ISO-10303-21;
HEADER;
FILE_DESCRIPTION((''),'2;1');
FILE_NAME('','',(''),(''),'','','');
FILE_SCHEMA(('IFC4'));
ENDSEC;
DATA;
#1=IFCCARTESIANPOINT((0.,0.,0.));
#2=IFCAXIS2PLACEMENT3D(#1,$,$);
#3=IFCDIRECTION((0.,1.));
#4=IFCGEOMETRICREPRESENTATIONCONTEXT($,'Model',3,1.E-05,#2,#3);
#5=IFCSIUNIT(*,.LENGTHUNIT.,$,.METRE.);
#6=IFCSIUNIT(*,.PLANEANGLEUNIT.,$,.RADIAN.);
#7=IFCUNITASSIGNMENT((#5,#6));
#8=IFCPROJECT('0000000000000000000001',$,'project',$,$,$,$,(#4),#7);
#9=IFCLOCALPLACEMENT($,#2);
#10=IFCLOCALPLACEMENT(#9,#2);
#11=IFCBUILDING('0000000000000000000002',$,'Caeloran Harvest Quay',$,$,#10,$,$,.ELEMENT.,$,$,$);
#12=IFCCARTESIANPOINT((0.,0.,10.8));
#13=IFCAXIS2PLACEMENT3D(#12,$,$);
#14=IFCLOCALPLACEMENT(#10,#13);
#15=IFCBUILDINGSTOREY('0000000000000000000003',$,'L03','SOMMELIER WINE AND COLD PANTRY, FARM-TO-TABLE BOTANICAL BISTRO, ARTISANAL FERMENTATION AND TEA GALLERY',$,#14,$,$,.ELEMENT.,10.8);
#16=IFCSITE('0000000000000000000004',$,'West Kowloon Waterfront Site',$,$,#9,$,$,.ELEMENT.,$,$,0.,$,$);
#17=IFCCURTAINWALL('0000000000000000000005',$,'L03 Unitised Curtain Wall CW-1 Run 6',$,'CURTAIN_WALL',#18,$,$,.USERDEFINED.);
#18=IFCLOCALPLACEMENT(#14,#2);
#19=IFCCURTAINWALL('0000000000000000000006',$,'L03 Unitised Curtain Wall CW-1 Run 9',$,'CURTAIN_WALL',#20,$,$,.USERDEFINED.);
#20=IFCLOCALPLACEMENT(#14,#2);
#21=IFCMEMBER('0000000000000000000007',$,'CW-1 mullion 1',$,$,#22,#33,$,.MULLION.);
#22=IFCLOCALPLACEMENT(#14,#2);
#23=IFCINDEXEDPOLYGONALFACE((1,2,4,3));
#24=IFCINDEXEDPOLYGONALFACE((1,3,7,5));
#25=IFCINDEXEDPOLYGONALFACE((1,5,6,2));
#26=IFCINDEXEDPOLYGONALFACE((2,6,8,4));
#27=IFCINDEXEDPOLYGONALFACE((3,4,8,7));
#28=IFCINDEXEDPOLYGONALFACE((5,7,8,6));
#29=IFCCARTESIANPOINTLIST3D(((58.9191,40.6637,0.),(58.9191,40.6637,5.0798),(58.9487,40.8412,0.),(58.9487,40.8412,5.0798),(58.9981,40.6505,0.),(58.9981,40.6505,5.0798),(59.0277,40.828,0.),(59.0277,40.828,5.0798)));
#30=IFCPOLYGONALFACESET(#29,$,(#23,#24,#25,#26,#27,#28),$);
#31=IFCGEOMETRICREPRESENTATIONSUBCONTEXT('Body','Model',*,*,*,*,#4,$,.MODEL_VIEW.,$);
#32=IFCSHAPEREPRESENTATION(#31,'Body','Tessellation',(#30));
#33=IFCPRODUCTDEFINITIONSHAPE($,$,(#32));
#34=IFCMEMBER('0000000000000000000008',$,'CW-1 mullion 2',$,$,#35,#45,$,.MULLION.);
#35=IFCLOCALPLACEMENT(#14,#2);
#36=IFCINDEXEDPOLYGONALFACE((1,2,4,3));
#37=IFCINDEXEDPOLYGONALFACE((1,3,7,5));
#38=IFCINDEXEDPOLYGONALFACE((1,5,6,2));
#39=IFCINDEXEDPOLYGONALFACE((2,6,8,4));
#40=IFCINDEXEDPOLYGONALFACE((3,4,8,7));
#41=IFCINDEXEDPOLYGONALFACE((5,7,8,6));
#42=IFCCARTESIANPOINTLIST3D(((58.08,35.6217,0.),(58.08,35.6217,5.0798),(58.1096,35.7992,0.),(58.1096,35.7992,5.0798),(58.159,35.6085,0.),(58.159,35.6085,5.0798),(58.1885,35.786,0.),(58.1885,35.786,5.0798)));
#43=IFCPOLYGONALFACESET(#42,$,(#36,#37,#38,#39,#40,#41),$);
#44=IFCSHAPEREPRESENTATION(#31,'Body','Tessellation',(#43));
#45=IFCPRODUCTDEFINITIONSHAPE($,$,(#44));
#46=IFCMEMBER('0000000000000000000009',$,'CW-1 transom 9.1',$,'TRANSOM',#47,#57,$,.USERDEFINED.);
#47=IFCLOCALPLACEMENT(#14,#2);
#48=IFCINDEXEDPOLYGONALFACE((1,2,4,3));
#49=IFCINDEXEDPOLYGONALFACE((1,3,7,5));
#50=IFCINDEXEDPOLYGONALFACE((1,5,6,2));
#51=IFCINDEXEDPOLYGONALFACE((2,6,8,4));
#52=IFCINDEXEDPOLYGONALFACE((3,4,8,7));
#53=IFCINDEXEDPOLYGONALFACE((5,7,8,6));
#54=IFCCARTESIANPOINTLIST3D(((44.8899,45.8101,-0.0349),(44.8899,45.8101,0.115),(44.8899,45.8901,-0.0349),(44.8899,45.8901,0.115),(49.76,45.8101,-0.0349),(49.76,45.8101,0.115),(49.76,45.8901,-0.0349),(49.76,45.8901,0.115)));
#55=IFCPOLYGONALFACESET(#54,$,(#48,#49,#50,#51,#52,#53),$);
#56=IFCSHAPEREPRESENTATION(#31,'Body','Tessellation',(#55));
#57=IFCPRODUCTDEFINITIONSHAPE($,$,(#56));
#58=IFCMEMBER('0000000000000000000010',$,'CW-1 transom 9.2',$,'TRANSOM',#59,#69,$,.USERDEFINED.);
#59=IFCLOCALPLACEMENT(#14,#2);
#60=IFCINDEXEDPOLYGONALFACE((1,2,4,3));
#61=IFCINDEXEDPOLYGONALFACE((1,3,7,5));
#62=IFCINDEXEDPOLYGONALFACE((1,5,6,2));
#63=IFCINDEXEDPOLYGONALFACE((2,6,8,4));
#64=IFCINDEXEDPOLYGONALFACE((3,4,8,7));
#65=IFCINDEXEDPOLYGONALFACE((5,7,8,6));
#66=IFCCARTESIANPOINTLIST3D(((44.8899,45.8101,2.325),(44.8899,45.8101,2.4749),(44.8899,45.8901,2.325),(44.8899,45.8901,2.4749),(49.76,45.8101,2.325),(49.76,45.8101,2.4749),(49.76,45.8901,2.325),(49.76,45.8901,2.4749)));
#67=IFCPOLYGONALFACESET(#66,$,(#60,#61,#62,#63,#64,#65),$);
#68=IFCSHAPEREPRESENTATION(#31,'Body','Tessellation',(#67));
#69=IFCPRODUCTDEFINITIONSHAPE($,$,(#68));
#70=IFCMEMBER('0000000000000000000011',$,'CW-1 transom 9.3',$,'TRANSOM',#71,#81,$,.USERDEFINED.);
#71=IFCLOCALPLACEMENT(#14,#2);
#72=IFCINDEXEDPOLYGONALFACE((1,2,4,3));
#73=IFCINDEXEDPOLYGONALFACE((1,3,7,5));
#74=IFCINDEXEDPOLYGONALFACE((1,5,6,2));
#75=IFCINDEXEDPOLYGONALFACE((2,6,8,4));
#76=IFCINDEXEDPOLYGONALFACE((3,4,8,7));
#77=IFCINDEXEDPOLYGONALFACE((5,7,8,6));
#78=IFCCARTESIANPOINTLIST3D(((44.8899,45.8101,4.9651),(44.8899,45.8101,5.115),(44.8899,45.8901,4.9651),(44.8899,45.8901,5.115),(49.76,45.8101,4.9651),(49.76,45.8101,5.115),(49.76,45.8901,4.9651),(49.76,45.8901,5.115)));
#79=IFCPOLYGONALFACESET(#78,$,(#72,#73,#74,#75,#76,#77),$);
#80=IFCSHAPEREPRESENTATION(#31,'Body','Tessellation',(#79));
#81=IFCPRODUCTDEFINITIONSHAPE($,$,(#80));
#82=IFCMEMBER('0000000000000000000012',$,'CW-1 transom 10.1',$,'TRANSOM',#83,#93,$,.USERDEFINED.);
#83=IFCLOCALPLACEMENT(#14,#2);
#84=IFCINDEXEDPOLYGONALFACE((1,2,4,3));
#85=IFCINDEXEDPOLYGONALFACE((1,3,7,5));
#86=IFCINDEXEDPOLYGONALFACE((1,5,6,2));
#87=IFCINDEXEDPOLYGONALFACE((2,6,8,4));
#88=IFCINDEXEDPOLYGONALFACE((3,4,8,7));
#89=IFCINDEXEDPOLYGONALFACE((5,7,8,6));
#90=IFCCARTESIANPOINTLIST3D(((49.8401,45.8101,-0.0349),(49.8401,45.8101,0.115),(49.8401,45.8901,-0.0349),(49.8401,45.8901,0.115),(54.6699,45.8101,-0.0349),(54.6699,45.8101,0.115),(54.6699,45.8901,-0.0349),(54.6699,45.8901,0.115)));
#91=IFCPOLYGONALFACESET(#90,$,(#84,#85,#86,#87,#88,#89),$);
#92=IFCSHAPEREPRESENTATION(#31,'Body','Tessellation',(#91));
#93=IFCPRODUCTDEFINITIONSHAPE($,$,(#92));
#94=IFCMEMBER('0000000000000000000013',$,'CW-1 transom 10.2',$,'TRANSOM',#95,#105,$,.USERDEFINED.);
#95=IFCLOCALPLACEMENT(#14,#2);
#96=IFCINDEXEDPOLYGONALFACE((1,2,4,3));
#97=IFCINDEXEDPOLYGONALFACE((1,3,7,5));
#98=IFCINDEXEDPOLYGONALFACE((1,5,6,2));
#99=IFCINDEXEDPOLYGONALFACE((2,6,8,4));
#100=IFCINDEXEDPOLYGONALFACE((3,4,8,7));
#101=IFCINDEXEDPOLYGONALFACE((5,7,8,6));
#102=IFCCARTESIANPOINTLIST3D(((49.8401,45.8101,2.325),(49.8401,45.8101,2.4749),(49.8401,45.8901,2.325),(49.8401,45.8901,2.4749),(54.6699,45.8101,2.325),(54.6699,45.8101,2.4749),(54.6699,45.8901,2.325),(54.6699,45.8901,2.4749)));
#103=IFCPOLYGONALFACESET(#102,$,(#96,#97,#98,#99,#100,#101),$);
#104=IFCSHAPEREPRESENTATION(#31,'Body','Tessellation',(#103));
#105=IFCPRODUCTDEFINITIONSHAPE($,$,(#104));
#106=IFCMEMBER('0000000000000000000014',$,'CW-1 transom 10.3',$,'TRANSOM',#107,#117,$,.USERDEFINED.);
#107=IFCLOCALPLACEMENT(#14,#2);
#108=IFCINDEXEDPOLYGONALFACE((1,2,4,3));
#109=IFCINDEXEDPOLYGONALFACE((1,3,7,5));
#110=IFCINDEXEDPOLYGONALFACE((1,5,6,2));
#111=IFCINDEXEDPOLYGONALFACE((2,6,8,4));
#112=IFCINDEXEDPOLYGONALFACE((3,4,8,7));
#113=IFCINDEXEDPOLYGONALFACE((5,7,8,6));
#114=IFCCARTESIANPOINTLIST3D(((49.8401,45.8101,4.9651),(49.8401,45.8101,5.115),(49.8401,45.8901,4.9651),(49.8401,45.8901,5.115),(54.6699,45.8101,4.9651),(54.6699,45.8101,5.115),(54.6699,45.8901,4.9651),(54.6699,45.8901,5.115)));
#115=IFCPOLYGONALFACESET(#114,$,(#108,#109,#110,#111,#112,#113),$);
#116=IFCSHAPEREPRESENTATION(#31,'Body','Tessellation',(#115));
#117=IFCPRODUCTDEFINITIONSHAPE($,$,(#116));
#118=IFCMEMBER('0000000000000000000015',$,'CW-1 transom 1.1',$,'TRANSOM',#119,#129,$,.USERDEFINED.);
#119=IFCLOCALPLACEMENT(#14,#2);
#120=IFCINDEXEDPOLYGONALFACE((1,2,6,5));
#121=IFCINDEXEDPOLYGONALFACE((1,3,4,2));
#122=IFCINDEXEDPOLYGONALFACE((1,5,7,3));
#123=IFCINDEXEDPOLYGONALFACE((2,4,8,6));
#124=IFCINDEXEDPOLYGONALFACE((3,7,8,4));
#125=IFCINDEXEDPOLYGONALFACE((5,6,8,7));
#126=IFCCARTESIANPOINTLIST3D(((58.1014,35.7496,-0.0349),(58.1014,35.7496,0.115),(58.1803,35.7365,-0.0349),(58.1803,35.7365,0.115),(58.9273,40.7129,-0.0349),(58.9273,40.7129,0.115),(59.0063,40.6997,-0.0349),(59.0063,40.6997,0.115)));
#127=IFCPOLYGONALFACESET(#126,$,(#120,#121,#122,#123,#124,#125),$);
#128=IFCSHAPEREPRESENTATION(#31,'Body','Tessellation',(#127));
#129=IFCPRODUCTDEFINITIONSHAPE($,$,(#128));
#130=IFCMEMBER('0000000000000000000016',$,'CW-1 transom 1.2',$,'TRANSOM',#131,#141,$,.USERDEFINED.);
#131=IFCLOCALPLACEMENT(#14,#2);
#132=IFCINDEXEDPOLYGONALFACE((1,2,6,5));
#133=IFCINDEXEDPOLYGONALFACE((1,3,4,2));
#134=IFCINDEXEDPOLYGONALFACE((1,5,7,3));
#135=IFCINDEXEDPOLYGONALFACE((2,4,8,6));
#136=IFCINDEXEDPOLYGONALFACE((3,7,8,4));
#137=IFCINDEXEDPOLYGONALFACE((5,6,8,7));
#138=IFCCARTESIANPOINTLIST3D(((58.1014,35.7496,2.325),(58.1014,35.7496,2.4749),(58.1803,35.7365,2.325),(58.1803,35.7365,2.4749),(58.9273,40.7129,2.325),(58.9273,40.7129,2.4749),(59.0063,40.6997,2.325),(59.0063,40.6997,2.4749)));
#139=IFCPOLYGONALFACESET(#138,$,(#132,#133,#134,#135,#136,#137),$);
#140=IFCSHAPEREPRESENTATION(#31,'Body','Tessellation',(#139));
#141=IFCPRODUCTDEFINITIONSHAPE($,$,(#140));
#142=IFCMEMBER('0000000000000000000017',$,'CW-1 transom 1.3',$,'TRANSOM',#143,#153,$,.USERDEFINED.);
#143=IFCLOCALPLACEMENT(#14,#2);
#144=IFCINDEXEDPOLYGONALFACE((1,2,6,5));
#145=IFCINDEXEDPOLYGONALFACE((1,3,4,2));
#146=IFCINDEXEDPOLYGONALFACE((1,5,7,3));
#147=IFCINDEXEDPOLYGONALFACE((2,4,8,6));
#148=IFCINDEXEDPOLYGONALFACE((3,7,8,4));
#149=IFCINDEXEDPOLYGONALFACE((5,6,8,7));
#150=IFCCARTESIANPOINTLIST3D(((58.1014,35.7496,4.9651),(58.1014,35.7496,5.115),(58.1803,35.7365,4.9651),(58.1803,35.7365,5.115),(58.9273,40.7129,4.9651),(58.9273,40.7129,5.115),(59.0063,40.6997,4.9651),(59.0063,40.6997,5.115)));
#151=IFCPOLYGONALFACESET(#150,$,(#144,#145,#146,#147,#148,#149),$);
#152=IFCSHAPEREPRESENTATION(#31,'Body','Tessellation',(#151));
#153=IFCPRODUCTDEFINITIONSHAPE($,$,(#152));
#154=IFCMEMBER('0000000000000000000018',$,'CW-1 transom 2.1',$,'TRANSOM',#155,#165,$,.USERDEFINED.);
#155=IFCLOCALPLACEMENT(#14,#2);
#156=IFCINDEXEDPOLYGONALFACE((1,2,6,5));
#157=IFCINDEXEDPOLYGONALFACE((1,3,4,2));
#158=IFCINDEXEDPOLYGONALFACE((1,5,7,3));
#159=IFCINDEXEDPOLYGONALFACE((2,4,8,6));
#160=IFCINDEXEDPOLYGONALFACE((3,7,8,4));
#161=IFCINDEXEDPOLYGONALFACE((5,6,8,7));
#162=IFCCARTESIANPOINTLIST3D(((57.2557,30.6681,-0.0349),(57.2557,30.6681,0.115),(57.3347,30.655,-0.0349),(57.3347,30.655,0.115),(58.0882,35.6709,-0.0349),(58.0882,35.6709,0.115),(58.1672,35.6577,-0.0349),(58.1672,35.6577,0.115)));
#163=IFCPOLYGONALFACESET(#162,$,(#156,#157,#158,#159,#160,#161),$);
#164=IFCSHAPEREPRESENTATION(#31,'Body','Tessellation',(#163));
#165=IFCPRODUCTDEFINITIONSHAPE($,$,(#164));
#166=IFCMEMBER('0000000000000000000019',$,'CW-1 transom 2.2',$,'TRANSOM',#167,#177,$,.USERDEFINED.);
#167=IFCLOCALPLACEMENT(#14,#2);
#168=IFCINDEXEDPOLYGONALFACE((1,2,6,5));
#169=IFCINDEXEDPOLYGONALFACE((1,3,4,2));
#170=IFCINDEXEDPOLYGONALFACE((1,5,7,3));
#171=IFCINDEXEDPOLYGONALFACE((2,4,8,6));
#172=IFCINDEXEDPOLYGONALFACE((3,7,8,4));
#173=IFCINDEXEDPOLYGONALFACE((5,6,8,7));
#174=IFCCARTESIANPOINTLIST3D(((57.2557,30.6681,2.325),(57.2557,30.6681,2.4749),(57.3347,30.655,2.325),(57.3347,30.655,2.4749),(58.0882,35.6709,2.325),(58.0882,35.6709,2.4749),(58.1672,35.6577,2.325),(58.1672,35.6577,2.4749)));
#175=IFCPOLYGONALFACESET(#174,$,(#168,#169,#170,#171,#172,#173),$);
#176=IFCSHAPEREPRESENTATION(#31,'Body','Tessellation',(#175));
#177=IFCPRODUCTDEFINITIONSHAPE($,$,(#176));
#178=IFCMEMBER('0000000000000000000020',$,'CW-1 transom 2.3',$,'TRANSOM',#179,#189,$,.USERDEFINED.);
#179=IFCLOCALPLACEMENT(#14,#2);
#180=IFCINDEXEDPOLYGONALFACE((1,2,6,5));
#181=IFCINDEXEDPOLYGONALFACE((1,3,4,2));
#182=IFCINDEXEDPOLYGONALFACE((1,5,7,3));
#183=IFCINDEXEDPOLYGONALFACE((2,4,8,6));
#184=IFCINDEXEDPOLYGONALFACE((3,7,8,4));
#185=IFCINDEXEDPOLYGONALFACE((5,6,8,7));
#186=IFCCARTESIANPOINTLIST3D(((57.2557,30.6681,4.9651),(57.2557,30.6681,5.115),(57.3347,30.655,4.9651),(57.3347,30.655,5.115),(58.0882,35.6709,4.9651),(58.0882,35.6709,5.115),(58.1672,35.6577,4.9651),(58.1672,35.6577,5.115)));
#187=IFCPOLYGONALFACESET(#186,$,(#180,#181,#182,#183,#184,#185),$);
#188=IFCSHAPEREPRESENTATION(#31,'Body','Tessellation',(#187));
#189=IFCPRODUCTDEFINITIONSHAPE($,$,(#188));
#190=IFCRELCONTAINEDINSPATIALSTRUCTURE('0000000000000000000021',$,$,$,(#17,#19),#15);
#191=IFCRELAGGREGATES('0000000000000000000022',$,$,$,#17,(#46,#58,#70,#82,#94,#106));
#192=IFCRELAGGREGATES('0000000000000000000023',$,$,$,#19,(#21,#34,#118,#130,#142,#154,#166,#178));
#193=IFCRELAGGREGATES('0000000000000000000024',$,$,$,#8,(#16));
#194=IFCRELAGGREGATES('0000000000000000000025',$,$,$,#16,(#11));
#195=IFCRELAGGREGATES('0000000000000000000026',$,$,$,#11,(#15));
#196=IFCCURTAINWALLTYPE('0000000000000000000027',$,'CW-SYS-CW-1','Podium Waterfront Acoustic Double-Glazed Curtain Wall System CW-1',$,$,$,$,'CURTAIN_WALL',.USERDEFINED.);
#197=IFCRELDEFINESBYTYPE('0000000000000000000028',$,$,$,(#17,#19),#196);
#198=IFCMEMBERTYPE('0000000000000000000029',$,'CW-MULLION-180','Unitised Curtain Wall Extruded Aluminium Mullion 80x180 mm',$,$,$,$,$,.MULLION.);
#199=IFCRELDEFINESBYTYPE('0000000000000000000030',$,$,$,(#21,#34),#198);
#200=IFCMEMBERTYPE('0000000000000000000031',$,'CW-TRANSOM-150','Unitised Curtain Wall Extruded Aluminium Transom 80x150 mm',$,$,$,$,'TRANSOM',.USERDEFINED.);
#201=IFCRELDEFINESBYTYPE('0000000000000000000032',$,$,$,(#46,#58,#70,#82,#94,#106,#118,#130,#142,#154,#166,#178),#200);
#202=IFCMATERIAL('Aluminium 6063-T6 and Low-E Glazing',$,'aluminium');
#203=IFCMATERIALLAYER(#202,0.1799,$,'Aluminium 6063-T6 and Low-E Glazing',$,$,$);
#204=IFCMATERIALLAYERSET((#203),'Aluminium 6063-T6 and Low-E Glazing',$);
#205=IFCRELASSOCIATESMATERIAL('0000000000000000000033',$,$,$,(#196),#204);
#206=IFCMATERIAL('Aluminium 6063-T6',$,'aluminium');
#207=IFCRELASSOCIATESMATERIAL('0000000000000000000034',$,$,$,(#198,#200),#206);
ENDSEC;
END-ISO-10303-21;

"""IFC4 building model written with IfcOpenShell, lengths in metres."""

from ifc_helpers import new_model, si_unit, direction, frame, origin, origin_2d, place, context, subcontext, project, spatial, rectangle, extrude, material, layer, layer_set, material_profile, profile_set, type_object, element, aggregate, save


model = new_model("IFC4")

# Units and contexts
model_context = context("Model", 3, precision=1e-05, world=origin(), true_north=direction((0.0, 1.0)))
body_context = subcontext(model_context, "Body", "Model", "MODEL_VIEW")
ifc_project = project(units=[si_unit("LENGTHUNIT", "METRE"), si_unit("PLANEANGLEUNIT", "RADIAN")], contexts=[model_context])

# Site, building, storey
site_placement = place(None, origin())
site = spatial("IfcSite", under=ifc_project, at=site_placement, Name="West Kowloon Waterfront Site", CompositionType="ELEMENT", RefElevation=0.0)
building_placement = place(site_placement, origin())
building = spatial("IfcBuilding", under=site, at=building_placement, Name="Caeloran Harvest Quay", CompositionType="ELEMENT")
storey_placement = place(building_placement, frame((0.0, 0.0, 10.8)))
storey = spatial("IfcBuildingStorey", under=building, at=storey_placement, Name="L03", Description="SOMMELIER WINE AND COLD PANTRY, FARM-TO-TABLE BOTANICAL BISTRO, ARTISANAL FERMENTATION AND TEA GALLERY", CompositionType="ELEMENT", Elevation=10.8)

# Curtain walls, members
ifc_material_1 = material(Name="Aluminium 6063-T6 and Low-E Glazing", Category="aluminium")
ifc_layer_1 = layer(ifc_material_1, 0.1799, Name="Aluminium 6063-T6 and Low-E Glazing")
ifc_layer_set_1 = layer_set([ifc_layer_1], Name="Aluminium 6063-T6 and Low-E Glazing")
curtain_wall_type = type_object("IfcCurtainWallType", Name="CW-SYS-CW-1", Description="Podium Waterfront Acoustic Double-Glazed Curtain Wall System CW-1", ElementType="CURTAIN_WALL", PredefinedType="USERDEFINED", material=ifc_layer_set_1)
curtain_wall_1_placement = place(storey_placement, origin())
curtain_wall_1 = element("IfcCurtainWall", 1, at=curtain_wall_1_placement, inside=storey, type_object=curtain_wall_type, Name="L03 Unitised Curtain Wall CW-1 Run 6", ObjectType="CURTAIN_WALL", PredefinedType="USERDEFINED")
ifc_material_2 = material(Name="Aluminium 6063-T6", Category="aluminium")
ifc_material_profile_1 = material_profile(ifc_material_2, rectangle(XDim=0.0801, YDim=0.1799, at=origin_2d()), Name="CW-MULLION-180")
ifc_profile_set_1 = profile_set([ifc_material_profile_1], Name="Aluminium 6063-T6")
member_type_1 = type_object("IfcMemberType", Name="CW-MULLION-180", Description="Unitised Curtain Wall Extruded Aluminium Mullion 80x180 mm", PredefinedType="MULLION", material=ifc_profile_set_1)
curtain_wall_2_placement = place(storey_placement, origin())
curtain_wall_2 = element("IfcCurtainWall", 2, at=curtain_wall_2_placement, inside=storey, type_object=curtain_wall_type, Name="L03 Unitised Curtain Wall CW-1 Run 9", ObjectType="CURTAIN_WALL", PredefinedType="USERDEFINED")
member_1_placement = place(storey_placement, frame((58.9734, 40.7458, 0.0), z_axis=(0.0, 0.0, 1.0), x_axis=(0.986431, -0.164174, 0.0)))
member_1 = element("IfcMember", 3, at=member_1_placement, type_object=member_type_1, Name="CW-1 mullion 1", PredefinedType="MULLION", context=body_context, shape_type="SweptSolid", body=[
    extrude(rectangle(XDim=0.0801, YDim=0.1799, at=origin_2d()), origin(), (0.0, 0.0, 1.0), 5.0798),
])
member_2_placement = place(storey_placement, frame((58.1343, 35.7039, 0.0), z_axis=(0.0, 0.0, 1.0), x_axis=(0.986431, -0.164174, 0.0)))
member_2 = element("IfcMember", 4, at=member_2_placement, type_object=member_type_1, Name="CW-1 mullion 2", PredefinedType="MULLION", context=body_context, shape_type="SweptSolid", body=[
    extrude(rectangle(XDim=0.0801, YDim=0.1799, at=origin_2d()), origin(), (0.0, 0.0, 1.0), 5.0798),
])

# Members
ifc_material_profile_2 = material_profile(ifc_material_2, rectangle(XDim=0.0801, YDim=0.1499, at=origin_2d()), Name="CW-TRANSOM-150")
ifc_profile_set_2 = profile_set([ifc_material_profile_2], Name="Aluminium 6063-T6")
member_type_2 = type_object("IfcMemberType", Name="CW-TRANSOM-150", Description="Unitised Curtain Wall Extruded Aluminium Transom 80x150 mm", ElementType="TRANSOM", PredefinedType="USERDEFINED", material=ifc_profile_set_2)
member_3_placement = place(storey_placement, frame((44.8899, 45.8501, 0.04), z_axis=(1.0, 0.0, 0.0), x_axis=(0.0, 1.0, 0.0)))
member_3 = element("IfcMember", 5, at=member_3_placement, type_object=member_type_2, Name="CW-1 transom 9.1", ObjectType="TRANSOM", PredefinedType="USERDEFINED", context=body_context, shape_type="SweptSolid", body=[
    extrude(rectangle(XDim=0.0801, YDim=0.1499, at=origin_2d()), origin(), (0.0, 0.0, 1.0), 4.8701),
])
member_4_placement = place(storey_placement, frame((44.8899, 45.8501, 2.3999), z_axis=(1.0, 0.0, 0.0), x_axis=(0.0, 1.0, 0.0)))
member_4 = element("IfcMember", 6, at=member_4_placement, type_object=member_type_2, Name="CW-1 transom 9.2", ObjectType="TRANSOM", PredefinedType="USERDEFINED", context=body_context, shape_type="SweptSolid", body=[
    extrude(rectangle(XDim=0.0801, YDim=0.1499, at=origin_2d()), origin(), (0.0, 0.0, 1.0), 4.8701),
])
member_5_placement = place(storey_placement, frame((44.8899, 45.8501, 5.04), z_axis=(1.0, 0.0, 0.0), x_axis=(0.0, 1.0, 0.0)))
member_5 = element("IfcMember", 7, at=member_5_placement, type_object=member_type_2, Name="CW-1 transom 9.3", ObjectType="TRANSOM", PredefinedType="USERDEFINED", context=body_context, shape_type="SweptSolid", body=[
    extrude(rectangle(XDim=0.0801, YDim=0.1499, at=origin_2d()), origin(), (0.0, 0.0, 1.0), 4.8701),
])
member_6_placement = place(storey_placement, frame((49.8401, 45.8501, 0.04), z_axis=(1.0, 0.0, 0.0), x_axis=(0.0, 1.0, 0.0)))
member_6 = element("IfcMember", 8, at=member_6_placement, type_object=member_type_2, Name="CW-1 transom 10.1", ObjectType="TRANSOM", PredefinedType="USERDEFINED", context=body_context, shape_type="SweptSolid", body=[
    extrude(rectangle(XDim=0.0801, YDim=0.1499, at=origin_2d()), origin(), (0.0, 0.0, 1.0), 4.8298),
])
member_7_placement = place(storey_placement, frame((49.8401, 45.8501, 2.3999), z_axis=(1.0, 0.0, 0.0), x_axis=(0.0, 1.0, 0.0)))
member_7 = element("IfcMember", 9, at=member_7_placement, type_object=member_type_2, Name="CW-1 transom 10.2", ObjectType="TRANSOM", PredefinedType="USERDEFINED", context=body_context, shape_type="SweptSolid", body=[
    extrude(rectangle(XDim=0.0801, YDim=0.1499, at=origin_2d()), origin(), (0.0, 0.0, 1.0), 4.8298),
])
member_8_placement = place(storey_placement, frame((49.8401, 45.8501, 5.04), z_axis=(1.0, 0.0, 0.0), x_axis=(0.0, 1.0, 0.0)))
member_8 = element("IfcMember", 10, at=member_8_placement, type_object=member_type_2, Name="CW-1 transom 10.3", ObjectType="TRANSOM", PredefinedType="USERDEFINED", context=body_context, shape_type="SweptSolid", body=[
    extrude(rectangle(XDim=0.0801, YDim=0.1499, at=origin_2d()), origin(), (0.0, 0.0, 1.0), 4.8298),
])
member_9_placement = place(storey_placement, frame((58.9668, 40.7063, 0.04), z_axis=(-0.164155, -0.986435, 0.0), x_axis=(0.986435, -0.164155, 0.0)))
member_9 = element("IfcMember", 11, at=member_9_placement, type_object=member_type_2, Name="CW-1 transom 1.1", ObjectType="TRANSOM", PredefinedType="USERDEFINED", context=body_context, shape_type="SweptSolid", body=[
    extrude(rectangle(XDim=0.0801, YDim=0.1499, at=origin_2d()), origin(), (0.0, 0.0, 1.0), 5.0315),
])
member_10_placement = place(storey_placement, frame((58.9668, 40.7063, 2.3999), z_axis=(-0.164155, -0.986435, 0.0), x_axis=(0.986435, -0.164155, 0.0)))
member_10 = element("IfcMember", 12, at=member_10_placement, type_object=member_type_2, Name="CW-1 transom 1.2", ObjectType="TRANSOM", PredefinedType="USERDEFINED", context=body_context, shape_type="SweptSolid", body=[
    extrude(rectangle(XDim=0.0801, YDim=0.1499, at=origin_2d()), origin(), (0.0, 0.0, 1.0), 5.0315),
])
member_11_placement = place(storey_placement, frame((58.9668, 40.7063, 5.04), z_axis=(-0.164155, -0.986435, 0.0), x_axis=(0.986435, -0.164155, 0.0)))
member_11 = element("IfcMember", 13, at=member_11_placement, type_object=member_type_2, Name="CW-1 transom 1.3", ObjectType="TRANSOM", PredefinedType="USERDEFINED", context=body_context, shape_type="SweptSolid", body=[
    extrude(rectangle(XDim=0.0801, YDim=0.1499, at=origin_2d()), origin(), (0.0, 0.0, 1.0), 5.0315),
])
member_12_placement = place(storey_placement, frame((58.1277, 35.6643, 0.04), z_axis=(-0.164157, -0.986434, 0.0), x_axis=(0.986434, -0.164157, 0.0)))
member_12 = element("IfcMember", 14, at=member_12_placement, type_object=member_type_2, Name="CW-1 transom 2.1", ObjectType="TRANSOM", PredefinedType="USERDEFINED", context=body_context, shape_type="SweptSolid", body=[
    extrude(rectangle(XDim=0.0801, YDim=0.1499, at=origin_2d()), origin(), (0.0, 0.0, 1.0), 5.0715),
])
member_13_placement = place(storey_placement, frame((58.1277, 35.6643, 2.3999), z_axis=(-0.164157, -0.986434, 0.0), x_axis=(0.986434, -0.164157, 0.0)))
member_13 = element("IfcMember", 15, at=member_13_placement, type_object=member_type_2, Name="CW-1 transom 2.2", ObjectType="TRANSOM", PredefinedType="USERDEFINED", context=body_context, shape_type="SweptSolid", body=[
    extrude(rectangle(XDim=0.0801, YDim=0.1499, at=origin_2d()), origin(), (0.0, 0.0, 1.0), 5.0715),
])
member_14_placement = place(storey_placement, frame((58.1277, 35.6643, 5.04), z_axis=(-0.164157, -0.986434, 0.0), x_axis=(0.986434, -0.164157, 0.0)))
member_14 = element("IfcMember", 16, at=member_14_placement, type_object=member_type_2, Name="CW-1 transom 2.3", ObjectType="TRANSOM", PredefinedType="USERDEFINED", context=body_context, shape_type="SweptSolid", body=[
    extrude(rectangle(XDim=0.0801, YDim=0.1499, at=origin_2d()), origin(), (0.0, 0.0, 1.0), 5.0715),
])

aggregate(curtain_wall_1, [member_3, member_4, member_5, member_6, member_7, member_8])
aggregate(curtain_wall_2, [member_1, member_2, member_9, member_10, member_11, member_12, member_13, member_14])

save(model, "model.ifc")
